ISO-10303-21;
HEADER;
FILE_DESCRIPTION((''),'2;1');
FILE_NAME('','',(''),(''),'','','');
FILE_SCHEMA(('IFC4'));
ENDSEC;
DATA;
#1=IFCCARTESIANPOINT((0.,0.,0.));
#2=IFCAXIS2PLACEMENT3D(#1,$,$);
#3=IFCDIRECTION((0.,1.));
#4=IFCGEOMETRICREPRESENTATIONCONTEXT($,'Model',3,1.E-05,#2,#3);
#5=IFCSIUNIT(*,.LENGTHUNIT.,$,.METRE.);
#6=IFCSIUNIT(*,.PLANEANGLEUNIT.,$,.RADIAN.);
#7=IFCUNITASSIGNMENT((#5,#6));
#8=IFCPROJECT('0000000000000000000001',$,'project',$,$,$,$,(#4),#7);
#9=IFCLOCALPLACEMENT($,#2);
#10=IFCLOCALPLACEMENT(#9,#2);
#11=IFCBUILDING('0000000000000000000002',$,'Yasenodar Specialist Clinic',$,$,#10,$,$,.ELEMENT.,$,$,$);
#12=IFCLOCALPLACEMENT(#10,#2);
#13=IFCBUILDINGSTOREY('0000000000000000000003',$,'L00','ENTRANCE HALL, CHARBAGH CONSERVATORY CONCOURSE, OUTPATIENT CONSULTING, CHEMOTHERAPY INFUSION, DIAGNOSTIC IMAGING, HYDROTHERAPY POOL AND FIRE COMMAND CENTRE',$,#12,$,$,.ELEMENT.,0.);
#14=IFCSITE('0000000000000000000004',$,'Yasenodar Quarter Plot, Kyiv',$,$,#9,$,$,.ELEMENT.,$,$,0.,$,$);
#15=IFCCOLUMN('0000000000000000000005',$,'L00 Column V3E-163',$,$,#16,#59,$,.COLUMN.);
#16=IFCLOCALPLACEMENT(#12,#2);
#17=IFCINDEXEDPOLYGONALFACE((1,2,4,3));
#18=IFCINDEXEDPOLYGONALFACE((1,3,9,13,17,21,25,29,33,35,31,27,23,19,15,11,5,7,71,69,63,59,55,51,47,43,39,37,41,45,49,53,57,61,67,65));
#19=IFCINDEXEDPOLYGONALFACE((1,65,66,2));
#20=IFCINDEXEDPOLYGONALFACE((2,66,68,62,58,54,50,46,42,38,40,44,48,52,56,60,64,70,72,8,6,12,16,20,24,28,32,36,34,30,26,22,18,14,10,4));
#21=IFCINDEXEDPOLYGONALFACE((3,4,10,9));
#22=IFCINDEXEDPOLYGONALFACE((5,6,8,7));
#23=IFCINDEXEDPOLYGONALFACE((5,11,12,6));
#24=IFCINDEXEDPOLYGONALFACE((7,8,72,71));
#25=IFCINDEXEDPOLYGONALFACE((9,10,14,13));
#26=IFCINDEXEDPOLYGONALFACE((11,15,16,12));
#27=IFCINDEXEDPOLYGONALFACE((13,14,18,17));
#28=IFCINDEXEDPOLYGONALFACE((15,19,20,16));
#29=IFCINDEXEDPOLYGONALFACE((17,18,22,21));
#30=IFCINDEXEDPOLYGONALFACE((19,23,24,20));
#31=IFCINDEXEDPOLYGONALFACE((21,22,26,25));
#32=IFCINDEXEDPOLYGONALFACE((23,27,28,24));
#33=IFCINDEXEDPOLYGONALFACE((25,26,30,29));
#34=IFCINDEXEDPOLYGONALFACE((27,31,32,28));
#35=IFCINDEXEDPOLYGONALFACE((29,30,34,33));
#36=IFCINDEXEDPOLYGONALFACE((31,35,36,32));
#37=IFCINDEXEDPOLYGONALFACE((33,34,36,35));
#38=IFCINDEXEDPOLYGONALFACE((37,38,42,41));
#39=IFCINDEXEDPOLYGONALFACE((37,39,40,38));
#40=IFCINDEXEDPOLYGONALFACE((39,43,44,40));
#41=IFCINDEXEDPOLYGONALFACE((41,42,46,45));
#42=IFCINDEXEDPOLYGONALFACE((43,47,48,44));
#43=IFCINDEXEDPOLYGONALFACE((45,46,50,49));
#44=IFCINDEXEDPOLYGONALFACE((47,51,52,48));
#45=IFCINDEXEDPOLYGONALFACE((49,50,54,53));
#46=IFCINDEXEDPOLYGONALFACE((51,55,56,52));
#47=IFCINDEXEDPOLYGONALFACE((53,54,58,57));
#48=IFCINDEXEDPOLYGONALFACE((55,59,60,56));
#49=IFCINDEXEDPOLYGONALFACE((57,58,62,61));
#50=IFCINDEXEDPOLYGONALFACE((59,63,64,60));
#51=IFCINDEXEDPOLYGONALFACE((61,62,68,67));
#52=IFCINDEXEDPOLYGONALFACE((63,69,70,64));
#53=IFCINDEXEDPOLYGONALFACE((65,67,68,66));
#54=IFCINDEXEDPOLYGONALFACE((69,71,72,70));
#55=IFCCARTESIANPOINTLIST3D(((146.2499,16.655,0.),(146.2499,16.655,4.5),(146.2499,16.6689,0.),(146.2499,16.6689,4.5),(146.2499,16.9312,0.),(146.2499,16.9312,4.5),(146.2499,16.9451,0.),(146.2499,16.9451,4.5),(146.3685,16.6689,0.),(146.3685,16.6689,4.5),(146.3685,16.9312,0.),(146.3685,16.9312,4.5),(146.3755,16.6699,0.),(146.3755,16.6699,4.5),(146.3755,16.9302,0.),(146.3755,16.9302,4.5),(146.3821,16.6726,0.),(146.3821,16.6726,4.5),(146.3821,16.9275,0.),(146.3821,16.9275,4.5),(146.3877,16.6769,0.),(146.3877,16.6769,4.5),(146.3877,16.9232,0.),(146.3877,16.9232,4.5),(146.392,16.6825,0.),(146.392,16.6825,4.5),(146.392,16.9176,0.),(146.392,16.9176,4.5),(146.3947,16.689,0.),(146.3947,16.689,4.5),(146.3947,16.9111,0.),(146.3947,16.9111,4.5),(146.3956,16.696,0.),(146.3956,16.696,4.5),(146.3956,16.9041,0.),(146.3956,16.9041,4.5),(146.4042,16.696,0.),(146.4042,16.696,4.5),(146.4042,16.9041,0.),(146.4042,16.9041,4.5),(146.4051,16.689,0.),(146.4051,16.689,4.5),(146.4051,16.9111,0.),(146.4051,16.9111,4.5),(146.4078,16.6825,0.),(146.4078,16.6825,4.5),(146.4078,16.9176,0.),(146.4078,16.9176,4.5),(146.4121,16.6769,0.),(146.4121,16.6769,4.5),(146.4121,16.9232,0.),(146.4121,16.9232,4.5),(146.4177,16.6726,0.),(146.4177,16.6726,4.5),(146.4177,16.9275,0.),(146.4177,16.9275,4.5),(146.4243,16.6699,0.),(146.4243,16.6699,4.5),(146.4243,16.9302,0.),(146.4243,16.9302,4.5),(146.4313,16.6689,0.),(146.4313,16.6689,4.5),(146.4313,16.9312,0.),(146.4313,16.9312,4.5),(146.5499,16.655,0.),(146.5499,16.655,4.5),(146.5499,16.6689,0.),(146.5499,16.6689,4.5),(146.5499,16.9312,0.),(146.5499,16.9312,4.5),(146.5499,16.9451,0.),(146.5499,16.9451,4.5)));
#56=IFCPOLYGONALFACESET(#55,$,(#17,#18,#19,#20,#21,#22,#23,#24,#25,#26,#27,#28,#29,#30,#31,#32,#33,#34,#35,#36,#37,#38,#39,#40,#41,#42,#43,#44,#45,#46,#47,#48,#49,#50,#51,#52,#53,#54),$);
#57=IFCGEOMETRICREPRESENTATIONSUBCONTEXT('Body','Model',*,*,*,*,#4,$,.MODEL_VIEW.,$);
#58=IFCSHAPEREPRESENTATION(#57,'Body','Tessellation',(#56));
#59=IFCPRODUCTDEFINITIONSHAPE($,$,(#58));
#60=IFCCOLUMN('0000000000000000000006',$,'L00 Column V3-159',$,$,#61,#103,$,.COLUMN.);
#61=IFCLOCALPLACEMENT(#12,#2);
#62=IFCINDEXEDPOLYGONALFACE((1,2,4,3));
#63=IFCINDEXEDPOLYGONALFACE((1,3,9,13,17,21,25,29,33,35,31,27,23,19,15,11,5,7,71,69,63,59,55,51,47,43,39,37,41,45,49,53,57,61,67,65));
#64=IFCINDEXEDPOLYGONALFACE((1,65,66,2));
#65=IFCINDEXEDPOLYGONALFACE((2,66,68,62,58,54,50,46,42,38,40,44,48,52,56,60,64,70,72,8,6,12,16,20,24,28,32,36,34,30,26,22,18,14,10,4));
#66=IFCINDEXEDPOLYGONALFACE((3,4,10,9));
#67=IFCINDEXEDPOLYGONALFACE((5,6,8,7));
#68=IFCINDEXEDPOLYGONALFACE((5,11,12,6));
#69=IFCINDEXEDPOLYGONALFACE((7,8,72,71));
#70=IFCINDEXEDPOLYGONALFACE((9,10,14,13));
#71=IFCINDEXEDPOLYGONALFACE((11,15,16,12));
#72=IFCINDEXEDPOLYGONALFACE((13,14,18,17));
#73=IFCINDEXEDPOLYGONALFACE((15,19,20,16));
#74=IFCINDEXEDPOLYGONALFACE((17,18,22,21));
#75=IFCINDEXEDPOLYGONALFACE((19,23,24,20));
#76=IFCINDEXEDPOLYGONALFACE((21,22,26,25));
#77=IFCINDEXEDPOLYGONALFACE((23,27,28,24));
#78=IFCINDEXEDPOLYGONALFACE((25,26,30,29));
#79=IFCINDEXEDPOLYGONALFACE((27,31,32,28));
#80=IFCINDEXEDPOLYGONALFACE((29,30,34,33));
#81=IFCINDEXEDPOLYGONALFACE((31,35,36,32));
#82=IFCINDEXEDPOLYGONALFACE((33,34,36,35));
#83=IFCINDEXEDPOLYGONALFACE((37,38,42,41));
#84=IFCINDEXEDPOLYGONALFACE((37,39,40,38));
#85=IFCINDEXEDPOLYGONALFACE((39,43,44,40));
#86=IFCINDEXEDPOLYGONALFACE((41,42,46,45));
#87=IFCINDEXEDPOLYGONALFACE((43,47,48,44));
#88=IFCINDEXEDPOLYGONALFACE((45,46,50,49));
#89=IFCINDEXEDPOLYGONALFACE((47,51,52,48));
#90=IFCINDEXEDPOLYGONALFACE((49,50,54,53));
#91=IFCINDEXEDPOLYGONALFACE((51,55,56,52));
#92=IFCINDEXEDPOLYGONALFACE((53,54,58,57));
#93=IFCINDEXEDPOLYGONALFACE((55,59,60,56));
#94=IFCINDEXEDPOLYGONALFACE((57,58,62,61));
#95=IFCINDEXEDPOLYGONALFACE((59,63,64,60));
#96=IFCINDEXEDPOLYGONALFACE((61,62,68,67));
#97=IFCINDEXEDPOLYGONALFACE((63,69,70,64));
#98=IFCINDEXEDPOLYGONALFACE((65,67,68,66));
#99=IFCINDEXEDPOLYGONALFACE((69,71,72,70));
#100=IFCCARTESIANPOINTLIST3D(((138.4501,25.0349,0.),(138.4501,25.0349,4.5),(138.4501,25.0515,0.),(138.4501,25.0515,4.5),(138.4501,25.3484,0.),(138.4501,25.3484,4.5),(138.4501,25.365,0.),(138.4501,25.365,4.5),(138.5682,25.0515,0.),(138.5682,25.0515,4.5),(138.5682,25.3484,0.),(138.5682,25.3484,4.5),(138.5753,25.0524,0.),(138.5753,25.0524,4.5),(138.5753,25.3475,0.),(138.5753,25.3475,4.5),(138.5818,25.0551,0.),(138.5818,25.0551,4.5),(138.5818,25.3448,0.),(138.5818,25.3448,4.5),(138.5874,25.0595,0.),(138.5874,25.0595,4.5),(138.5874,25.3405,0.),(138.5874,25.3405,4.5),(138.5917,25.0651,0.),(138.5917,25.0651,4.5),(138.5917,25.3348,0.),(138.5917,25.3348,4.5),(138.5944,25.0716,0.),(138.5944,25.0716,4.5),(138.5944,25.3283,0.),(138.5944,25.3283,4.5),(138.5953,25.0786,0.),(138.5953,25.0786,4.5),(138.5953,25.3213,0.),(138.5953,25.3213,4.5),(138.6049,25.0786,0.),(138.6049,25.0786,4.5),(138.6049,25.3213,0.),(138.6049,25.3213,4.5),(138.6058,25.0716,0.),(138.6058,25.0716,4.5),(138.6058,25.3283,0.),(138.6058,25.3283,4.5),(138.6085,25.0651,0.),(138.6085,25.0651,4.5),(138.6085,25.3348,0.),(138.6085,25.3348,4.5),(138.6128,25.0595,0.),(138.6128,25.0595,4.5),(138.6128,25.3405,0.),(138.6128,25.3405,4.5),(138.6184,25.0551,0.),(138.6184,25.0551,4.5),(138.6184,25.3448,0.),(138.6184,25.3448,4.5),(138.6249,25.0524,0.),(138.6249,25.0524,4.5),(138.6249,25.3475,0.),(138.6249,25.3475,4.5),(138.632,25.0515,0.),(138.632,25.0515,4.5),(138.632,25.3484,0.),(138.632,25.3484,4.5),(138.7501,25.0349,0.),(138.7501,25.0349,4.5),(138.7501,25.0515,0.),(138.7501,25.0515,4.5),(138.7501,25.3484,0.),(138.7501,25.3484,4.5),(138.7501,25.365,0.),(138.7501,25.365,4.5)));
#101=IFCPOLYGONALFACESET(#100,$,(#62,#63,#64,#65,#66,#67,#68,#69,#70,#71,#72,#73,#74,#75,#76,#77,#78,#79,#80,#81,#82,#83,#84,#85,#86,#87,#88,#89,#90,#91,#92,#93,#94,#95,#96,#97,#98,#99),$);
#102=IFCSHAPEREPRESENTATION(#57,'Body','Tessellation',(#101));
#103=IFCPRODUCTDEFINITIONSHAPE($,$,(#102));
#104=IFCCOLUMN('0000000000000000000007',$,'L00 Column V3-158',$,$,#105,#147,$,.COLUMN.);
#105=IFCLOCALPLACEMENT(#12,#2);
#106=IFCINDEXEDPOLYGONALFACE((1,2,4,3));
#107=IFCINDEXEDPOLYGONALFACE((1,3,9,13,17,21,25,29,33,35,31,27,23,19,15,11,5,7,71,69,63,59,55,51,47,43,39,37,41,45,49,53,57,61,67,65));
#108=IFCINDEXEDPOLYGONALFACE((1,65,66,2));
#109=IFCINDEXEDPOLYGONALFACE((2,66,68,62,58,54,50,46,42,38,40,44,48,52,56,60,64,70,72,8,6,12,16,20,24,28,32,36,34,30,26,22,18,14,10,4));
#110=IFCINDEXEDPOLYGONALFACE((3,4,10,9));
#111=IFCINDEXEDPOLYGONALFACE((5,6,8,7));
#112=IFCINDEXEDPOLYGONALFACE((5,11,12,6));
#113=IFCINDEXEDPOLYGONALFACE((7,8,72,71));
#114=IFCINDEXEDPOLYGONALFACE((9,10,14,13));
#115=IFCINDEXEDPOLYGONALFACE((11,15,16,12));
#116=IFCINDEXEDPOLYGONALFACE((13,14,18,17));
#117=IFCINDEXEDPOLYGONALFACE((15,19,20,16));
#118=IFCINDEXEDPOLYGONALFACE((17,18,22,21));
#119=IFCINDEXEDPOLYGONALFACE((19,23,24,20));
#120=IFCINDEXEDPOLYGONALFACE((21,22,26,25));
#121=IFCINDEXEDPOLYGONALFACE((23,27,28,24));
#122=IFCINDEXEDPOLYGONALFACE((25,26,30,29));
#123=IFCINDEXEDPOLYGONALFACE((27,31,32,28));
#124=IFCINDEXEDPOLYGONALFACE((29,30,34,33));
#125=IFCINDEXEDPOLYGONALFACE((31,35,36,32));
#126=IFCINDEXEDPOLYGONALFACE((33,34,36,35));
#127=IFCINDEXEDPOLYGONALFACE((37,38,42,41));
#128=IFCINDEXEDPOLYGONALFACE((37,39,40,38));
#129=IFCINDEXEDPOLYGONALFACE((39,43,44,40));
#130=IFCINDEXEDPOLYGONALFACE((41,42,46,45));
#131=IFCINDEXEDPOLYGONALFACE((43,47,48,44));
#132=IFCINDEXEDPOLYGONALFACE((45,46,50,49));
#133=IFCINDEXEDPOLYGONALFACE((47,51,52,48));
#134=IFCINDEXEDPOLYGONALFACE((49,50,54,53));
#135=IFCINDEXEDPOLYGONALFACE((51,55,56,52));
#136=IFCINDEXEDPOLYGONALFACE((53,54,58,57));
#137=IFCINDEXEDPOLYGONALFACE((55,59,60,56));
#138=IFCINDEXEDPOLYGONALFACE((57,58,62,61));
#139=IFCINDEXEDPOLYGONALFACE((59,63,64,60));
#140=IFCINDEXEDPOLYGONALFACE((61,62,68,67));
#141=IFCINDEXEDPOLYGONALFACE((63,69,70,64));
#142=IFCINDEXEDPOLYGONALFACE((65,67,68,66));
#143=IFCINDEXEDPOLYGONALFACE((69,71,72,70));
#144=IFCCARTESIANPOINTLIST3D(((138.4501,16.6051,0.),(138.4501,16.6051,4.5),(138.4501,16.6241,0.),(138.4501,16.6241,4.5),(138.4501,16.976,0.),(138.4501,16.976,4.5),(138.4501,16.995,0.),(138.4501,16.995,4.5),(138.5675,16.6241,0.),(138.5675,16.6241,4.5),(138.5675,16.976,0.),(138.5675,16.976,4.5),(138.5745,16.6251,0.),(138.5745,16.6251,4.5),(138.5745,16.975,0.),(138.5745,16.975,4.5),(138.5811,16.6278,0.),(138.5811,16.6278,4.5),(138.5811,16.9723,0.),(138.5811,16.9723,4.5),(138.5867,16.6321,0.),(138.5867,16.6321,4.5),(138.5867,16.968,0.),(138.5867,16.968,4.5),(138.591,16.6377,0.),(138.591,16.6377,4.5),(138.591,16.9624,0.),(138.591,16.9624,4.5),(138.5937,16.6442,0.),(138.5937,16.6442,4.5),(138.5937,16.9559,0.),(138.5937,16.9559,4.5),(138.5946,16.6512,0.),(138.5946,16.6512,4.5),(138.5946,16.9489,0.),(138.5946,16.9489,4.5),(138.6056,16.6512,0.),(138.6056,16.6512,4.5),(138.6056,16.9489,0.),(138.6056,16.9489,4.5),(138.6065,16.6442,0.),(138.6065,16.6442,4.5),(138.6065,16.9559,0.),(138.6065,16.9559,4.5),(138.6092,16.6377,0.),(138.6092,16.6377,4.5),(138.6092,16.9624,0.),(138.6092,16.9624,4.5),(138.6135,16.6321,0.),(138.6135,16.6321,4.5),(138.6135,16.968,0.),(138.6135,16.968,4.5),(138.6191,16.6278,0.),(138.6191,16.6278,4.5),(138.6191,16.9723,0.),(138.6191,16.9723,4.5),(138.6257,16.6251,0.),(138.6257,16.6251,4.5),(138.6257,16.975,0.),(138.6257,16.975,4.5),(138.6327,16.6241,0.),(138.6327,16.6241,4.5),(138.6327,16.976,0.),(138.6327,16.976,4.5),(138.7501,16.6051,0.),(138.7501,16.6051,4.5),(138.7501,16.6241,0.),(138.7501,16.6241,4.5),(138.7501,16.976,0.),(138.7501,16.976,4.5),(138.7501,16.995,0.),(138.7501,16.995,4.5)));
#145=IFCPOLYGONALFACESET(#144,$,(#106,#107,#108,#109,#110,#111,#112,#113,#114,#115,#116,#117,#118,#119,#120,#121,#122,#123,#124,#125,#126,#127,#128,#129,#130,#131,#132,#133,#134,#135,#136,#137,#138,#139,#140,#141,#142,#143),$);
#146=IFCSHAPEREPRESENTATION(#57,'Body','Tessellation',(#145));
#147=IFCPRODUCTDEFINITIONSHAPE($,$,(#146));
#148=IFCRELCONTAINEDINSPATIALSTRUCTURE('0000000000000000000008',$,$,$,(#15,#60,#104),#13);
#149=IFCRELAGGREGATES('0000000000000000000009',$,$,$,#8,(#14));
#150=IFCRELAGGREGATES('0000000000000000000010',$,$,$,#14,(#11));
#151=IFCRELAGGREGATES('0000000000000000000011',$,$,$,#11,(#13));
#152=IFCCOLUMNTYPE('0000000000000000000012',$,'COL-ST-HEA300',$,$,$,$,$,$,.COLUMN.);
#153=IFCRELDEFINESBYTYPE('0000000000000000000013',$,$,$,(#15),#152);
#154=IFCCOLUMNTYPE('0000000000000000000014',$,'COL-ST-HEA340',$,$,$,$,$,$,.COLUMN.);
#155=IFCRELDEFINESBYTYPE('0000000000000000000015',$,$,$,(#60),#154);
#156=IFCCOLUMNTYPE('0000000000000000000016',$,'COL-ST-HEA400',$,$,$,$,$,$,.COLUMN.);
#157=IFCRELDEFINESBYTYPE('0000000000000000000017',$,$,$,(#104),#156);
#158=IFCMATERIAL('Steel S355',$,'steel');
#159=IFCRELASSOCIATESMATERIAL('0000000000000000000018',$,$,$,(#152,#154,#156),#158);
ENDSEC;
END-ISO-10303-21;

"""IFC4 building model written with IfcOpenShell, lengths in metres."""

from ifc_helpers import new_model, si_unit, direction, frame, origin, origin_2d, place, context, subcontext, project, spatial, i_section, extrude, material, material_profile, profile_set, type_object, element, save


model = new_model("IFC4")

# Units and contexts
model_context = context("Model", 3, precision=1e-05, world=origin(), true_north=direction((0.0, 1.0)))
body_context = subcontext(model_context, "Body", "Model", "MODEL_VIEW")
ifc_project = project(units=[si_unit("LENGTHUNIT", "METRE"), si_unit("PLANEANGLEUNIT", "RADIAN")], contexts=[model_context])

# Site, building, storey
site_placement = place(None, origin())
site = spatial("IfcSite", under=ifc_project, at=site_placement, Name="Yasenodar Quarter Plot, Kyiv", CompositionType="ELEMENT", RefElevation=0.0)
building_placement = place(site_placement, origin())
building = spatial("IfcBuilding", under=site, at=building_placement, Name="Yasenodar Specialist Clinic", CompositionType="ELEMENT")
storey_placement = place(building_placement, origin())
storey = spatial("IfcBuildingStorey", under=building, at=storey_placement, Name="L00", Description="ENTRANCE HALL, CHARBAGH CONSERVATORY CONCOURSE, OUTPATIENT CONSULTING, CHEMOTHERAPY INFUSION, DIAGNOSTIC IMAGING, HYDROTHERAPY POOL AND FIRE COMMAND CENTRE", CompositionType="ELEMENT", Elevation=0.0)

# Columns
ifc_material_1 = material(Name="Steel S355", Category="steel")
ifc_material_profile_1 = material_profile(ifc_material_1, i_section(OverallWidth=0.3, OverallDepth=0.29, WebThickness=0.0085, FlangeThickness=0.0139, FilletRadius=0.0271, at=origin_2d()), Name="HEA 300")
ifc_profile_set_1 = profile_set([ifc_material_profile_1], Name="Steel S355")
column_type_1 = type_object("IfcColumnType", Name="COL-ST-HEA300", PredefinedType="COLUMN", material=ifc_profile_set_1)
column_1_placement = place(storey_placement, frame((146.3999, 16.8, 0.0), z_axis=(0.0, 0.0, 1.0), x_axis=(1.0, 0.0, 0.0)))
element("IfcColumn", 1, at=column_1_placement, inside=storey, type_object=column_type_1, Name="L00 Column V3E-163", PredefinedType="COLUMN", context=body_context, shape_type="SweptSolid", body=[
    extrude(i_section(OverallWidth=0.3, OverallDepth=0.29, WebThickness=0.0085, FlangeThickness=0.0139, FilletRadius=0.0271, at=origin_2d()), origin(), (0.0, 0.0, 1.0), 4.5),
])
ifc_material_profile_2 = material_profile(ifc_material_1, i_section(OverallWidth=0.3, OverallDepth=0.3301, WebThickness=0.0095, FlangeThickness=0.0166, FilletRadius=0.0271, at=origin_2d()), Name="HEA 340")
ifc_profile_set_2 = profile_set([ifc_material_profile_2], Name="Steel S355")
column_type_2 = type_object("IfcColumnType", Name="COL-ST-HEA340", PredefinedType="COLUMN", material=ifc_profile_set_2)
column_2_placement = place(storey_placement, frame((138.6001, 25.2, 0.0), z_axis=(0.0, 0.0, 1.0), x_axis=(1.0, 0.0, 0.0)))
element("IfcColumn", 2, at=column_2_placement, inside=storey, type_object=column_type_2, Name="L00 Column V3-159", PredefinedType="COLUMN", context=body_context, shape_type="SweptSolid", body=[
    extrude(i_section(OverallWidth=0.3, OverallDepth=0.3301, WebThickness=0.0095, FlangeThickness=0.0166, FilletRadius=0.0271, at=origin_2d()), origin(), (0.0, 0.0, 1.0), 4.5),
])
ifc_material_profile_3 = material_profile(ifc_material_1, i_section(OverallWidth=0.3, OverallDepth=0.3899, WebThickness=0.011, FlangeThickness=0.019, FilletRadius=0.0271, at=origin_2d()), Name="HEA 400")
ifc_profile_set_3 = profile_set([ifc_material_profile_3], Name="Steel S355")
column_type_3 = type_object("IfcColumnType", Name="COL-ST-HEA400", PredefinedType="COLUMN", material=ifc_profile_set_3)
column_3_placement = place(storey_placement, frame((138.6001, 16.8, 0.0), z_axis=(0.0, 0.0, 1.0), x_axis=(1.0, 0.0, 0.0)))
element("IfcColumn", 3, at=column_3_placement, inside=storey, type_object=column_type_3, Name="L00 Column V3-158", PredefinedType="COLUMN", context=body_context, shape_type="SweptSolid", body=[
    extrude(i_section(OverallWidth=0.3, OverallDepth=0.3899, WebThickness=0.011, FlangeThickness=0.019, FilletRadius=0.0271, at=origin_2d()), origin(), (0.0, 0.0, 1.0), 4.5),
])

save(model, "model.ifc")
